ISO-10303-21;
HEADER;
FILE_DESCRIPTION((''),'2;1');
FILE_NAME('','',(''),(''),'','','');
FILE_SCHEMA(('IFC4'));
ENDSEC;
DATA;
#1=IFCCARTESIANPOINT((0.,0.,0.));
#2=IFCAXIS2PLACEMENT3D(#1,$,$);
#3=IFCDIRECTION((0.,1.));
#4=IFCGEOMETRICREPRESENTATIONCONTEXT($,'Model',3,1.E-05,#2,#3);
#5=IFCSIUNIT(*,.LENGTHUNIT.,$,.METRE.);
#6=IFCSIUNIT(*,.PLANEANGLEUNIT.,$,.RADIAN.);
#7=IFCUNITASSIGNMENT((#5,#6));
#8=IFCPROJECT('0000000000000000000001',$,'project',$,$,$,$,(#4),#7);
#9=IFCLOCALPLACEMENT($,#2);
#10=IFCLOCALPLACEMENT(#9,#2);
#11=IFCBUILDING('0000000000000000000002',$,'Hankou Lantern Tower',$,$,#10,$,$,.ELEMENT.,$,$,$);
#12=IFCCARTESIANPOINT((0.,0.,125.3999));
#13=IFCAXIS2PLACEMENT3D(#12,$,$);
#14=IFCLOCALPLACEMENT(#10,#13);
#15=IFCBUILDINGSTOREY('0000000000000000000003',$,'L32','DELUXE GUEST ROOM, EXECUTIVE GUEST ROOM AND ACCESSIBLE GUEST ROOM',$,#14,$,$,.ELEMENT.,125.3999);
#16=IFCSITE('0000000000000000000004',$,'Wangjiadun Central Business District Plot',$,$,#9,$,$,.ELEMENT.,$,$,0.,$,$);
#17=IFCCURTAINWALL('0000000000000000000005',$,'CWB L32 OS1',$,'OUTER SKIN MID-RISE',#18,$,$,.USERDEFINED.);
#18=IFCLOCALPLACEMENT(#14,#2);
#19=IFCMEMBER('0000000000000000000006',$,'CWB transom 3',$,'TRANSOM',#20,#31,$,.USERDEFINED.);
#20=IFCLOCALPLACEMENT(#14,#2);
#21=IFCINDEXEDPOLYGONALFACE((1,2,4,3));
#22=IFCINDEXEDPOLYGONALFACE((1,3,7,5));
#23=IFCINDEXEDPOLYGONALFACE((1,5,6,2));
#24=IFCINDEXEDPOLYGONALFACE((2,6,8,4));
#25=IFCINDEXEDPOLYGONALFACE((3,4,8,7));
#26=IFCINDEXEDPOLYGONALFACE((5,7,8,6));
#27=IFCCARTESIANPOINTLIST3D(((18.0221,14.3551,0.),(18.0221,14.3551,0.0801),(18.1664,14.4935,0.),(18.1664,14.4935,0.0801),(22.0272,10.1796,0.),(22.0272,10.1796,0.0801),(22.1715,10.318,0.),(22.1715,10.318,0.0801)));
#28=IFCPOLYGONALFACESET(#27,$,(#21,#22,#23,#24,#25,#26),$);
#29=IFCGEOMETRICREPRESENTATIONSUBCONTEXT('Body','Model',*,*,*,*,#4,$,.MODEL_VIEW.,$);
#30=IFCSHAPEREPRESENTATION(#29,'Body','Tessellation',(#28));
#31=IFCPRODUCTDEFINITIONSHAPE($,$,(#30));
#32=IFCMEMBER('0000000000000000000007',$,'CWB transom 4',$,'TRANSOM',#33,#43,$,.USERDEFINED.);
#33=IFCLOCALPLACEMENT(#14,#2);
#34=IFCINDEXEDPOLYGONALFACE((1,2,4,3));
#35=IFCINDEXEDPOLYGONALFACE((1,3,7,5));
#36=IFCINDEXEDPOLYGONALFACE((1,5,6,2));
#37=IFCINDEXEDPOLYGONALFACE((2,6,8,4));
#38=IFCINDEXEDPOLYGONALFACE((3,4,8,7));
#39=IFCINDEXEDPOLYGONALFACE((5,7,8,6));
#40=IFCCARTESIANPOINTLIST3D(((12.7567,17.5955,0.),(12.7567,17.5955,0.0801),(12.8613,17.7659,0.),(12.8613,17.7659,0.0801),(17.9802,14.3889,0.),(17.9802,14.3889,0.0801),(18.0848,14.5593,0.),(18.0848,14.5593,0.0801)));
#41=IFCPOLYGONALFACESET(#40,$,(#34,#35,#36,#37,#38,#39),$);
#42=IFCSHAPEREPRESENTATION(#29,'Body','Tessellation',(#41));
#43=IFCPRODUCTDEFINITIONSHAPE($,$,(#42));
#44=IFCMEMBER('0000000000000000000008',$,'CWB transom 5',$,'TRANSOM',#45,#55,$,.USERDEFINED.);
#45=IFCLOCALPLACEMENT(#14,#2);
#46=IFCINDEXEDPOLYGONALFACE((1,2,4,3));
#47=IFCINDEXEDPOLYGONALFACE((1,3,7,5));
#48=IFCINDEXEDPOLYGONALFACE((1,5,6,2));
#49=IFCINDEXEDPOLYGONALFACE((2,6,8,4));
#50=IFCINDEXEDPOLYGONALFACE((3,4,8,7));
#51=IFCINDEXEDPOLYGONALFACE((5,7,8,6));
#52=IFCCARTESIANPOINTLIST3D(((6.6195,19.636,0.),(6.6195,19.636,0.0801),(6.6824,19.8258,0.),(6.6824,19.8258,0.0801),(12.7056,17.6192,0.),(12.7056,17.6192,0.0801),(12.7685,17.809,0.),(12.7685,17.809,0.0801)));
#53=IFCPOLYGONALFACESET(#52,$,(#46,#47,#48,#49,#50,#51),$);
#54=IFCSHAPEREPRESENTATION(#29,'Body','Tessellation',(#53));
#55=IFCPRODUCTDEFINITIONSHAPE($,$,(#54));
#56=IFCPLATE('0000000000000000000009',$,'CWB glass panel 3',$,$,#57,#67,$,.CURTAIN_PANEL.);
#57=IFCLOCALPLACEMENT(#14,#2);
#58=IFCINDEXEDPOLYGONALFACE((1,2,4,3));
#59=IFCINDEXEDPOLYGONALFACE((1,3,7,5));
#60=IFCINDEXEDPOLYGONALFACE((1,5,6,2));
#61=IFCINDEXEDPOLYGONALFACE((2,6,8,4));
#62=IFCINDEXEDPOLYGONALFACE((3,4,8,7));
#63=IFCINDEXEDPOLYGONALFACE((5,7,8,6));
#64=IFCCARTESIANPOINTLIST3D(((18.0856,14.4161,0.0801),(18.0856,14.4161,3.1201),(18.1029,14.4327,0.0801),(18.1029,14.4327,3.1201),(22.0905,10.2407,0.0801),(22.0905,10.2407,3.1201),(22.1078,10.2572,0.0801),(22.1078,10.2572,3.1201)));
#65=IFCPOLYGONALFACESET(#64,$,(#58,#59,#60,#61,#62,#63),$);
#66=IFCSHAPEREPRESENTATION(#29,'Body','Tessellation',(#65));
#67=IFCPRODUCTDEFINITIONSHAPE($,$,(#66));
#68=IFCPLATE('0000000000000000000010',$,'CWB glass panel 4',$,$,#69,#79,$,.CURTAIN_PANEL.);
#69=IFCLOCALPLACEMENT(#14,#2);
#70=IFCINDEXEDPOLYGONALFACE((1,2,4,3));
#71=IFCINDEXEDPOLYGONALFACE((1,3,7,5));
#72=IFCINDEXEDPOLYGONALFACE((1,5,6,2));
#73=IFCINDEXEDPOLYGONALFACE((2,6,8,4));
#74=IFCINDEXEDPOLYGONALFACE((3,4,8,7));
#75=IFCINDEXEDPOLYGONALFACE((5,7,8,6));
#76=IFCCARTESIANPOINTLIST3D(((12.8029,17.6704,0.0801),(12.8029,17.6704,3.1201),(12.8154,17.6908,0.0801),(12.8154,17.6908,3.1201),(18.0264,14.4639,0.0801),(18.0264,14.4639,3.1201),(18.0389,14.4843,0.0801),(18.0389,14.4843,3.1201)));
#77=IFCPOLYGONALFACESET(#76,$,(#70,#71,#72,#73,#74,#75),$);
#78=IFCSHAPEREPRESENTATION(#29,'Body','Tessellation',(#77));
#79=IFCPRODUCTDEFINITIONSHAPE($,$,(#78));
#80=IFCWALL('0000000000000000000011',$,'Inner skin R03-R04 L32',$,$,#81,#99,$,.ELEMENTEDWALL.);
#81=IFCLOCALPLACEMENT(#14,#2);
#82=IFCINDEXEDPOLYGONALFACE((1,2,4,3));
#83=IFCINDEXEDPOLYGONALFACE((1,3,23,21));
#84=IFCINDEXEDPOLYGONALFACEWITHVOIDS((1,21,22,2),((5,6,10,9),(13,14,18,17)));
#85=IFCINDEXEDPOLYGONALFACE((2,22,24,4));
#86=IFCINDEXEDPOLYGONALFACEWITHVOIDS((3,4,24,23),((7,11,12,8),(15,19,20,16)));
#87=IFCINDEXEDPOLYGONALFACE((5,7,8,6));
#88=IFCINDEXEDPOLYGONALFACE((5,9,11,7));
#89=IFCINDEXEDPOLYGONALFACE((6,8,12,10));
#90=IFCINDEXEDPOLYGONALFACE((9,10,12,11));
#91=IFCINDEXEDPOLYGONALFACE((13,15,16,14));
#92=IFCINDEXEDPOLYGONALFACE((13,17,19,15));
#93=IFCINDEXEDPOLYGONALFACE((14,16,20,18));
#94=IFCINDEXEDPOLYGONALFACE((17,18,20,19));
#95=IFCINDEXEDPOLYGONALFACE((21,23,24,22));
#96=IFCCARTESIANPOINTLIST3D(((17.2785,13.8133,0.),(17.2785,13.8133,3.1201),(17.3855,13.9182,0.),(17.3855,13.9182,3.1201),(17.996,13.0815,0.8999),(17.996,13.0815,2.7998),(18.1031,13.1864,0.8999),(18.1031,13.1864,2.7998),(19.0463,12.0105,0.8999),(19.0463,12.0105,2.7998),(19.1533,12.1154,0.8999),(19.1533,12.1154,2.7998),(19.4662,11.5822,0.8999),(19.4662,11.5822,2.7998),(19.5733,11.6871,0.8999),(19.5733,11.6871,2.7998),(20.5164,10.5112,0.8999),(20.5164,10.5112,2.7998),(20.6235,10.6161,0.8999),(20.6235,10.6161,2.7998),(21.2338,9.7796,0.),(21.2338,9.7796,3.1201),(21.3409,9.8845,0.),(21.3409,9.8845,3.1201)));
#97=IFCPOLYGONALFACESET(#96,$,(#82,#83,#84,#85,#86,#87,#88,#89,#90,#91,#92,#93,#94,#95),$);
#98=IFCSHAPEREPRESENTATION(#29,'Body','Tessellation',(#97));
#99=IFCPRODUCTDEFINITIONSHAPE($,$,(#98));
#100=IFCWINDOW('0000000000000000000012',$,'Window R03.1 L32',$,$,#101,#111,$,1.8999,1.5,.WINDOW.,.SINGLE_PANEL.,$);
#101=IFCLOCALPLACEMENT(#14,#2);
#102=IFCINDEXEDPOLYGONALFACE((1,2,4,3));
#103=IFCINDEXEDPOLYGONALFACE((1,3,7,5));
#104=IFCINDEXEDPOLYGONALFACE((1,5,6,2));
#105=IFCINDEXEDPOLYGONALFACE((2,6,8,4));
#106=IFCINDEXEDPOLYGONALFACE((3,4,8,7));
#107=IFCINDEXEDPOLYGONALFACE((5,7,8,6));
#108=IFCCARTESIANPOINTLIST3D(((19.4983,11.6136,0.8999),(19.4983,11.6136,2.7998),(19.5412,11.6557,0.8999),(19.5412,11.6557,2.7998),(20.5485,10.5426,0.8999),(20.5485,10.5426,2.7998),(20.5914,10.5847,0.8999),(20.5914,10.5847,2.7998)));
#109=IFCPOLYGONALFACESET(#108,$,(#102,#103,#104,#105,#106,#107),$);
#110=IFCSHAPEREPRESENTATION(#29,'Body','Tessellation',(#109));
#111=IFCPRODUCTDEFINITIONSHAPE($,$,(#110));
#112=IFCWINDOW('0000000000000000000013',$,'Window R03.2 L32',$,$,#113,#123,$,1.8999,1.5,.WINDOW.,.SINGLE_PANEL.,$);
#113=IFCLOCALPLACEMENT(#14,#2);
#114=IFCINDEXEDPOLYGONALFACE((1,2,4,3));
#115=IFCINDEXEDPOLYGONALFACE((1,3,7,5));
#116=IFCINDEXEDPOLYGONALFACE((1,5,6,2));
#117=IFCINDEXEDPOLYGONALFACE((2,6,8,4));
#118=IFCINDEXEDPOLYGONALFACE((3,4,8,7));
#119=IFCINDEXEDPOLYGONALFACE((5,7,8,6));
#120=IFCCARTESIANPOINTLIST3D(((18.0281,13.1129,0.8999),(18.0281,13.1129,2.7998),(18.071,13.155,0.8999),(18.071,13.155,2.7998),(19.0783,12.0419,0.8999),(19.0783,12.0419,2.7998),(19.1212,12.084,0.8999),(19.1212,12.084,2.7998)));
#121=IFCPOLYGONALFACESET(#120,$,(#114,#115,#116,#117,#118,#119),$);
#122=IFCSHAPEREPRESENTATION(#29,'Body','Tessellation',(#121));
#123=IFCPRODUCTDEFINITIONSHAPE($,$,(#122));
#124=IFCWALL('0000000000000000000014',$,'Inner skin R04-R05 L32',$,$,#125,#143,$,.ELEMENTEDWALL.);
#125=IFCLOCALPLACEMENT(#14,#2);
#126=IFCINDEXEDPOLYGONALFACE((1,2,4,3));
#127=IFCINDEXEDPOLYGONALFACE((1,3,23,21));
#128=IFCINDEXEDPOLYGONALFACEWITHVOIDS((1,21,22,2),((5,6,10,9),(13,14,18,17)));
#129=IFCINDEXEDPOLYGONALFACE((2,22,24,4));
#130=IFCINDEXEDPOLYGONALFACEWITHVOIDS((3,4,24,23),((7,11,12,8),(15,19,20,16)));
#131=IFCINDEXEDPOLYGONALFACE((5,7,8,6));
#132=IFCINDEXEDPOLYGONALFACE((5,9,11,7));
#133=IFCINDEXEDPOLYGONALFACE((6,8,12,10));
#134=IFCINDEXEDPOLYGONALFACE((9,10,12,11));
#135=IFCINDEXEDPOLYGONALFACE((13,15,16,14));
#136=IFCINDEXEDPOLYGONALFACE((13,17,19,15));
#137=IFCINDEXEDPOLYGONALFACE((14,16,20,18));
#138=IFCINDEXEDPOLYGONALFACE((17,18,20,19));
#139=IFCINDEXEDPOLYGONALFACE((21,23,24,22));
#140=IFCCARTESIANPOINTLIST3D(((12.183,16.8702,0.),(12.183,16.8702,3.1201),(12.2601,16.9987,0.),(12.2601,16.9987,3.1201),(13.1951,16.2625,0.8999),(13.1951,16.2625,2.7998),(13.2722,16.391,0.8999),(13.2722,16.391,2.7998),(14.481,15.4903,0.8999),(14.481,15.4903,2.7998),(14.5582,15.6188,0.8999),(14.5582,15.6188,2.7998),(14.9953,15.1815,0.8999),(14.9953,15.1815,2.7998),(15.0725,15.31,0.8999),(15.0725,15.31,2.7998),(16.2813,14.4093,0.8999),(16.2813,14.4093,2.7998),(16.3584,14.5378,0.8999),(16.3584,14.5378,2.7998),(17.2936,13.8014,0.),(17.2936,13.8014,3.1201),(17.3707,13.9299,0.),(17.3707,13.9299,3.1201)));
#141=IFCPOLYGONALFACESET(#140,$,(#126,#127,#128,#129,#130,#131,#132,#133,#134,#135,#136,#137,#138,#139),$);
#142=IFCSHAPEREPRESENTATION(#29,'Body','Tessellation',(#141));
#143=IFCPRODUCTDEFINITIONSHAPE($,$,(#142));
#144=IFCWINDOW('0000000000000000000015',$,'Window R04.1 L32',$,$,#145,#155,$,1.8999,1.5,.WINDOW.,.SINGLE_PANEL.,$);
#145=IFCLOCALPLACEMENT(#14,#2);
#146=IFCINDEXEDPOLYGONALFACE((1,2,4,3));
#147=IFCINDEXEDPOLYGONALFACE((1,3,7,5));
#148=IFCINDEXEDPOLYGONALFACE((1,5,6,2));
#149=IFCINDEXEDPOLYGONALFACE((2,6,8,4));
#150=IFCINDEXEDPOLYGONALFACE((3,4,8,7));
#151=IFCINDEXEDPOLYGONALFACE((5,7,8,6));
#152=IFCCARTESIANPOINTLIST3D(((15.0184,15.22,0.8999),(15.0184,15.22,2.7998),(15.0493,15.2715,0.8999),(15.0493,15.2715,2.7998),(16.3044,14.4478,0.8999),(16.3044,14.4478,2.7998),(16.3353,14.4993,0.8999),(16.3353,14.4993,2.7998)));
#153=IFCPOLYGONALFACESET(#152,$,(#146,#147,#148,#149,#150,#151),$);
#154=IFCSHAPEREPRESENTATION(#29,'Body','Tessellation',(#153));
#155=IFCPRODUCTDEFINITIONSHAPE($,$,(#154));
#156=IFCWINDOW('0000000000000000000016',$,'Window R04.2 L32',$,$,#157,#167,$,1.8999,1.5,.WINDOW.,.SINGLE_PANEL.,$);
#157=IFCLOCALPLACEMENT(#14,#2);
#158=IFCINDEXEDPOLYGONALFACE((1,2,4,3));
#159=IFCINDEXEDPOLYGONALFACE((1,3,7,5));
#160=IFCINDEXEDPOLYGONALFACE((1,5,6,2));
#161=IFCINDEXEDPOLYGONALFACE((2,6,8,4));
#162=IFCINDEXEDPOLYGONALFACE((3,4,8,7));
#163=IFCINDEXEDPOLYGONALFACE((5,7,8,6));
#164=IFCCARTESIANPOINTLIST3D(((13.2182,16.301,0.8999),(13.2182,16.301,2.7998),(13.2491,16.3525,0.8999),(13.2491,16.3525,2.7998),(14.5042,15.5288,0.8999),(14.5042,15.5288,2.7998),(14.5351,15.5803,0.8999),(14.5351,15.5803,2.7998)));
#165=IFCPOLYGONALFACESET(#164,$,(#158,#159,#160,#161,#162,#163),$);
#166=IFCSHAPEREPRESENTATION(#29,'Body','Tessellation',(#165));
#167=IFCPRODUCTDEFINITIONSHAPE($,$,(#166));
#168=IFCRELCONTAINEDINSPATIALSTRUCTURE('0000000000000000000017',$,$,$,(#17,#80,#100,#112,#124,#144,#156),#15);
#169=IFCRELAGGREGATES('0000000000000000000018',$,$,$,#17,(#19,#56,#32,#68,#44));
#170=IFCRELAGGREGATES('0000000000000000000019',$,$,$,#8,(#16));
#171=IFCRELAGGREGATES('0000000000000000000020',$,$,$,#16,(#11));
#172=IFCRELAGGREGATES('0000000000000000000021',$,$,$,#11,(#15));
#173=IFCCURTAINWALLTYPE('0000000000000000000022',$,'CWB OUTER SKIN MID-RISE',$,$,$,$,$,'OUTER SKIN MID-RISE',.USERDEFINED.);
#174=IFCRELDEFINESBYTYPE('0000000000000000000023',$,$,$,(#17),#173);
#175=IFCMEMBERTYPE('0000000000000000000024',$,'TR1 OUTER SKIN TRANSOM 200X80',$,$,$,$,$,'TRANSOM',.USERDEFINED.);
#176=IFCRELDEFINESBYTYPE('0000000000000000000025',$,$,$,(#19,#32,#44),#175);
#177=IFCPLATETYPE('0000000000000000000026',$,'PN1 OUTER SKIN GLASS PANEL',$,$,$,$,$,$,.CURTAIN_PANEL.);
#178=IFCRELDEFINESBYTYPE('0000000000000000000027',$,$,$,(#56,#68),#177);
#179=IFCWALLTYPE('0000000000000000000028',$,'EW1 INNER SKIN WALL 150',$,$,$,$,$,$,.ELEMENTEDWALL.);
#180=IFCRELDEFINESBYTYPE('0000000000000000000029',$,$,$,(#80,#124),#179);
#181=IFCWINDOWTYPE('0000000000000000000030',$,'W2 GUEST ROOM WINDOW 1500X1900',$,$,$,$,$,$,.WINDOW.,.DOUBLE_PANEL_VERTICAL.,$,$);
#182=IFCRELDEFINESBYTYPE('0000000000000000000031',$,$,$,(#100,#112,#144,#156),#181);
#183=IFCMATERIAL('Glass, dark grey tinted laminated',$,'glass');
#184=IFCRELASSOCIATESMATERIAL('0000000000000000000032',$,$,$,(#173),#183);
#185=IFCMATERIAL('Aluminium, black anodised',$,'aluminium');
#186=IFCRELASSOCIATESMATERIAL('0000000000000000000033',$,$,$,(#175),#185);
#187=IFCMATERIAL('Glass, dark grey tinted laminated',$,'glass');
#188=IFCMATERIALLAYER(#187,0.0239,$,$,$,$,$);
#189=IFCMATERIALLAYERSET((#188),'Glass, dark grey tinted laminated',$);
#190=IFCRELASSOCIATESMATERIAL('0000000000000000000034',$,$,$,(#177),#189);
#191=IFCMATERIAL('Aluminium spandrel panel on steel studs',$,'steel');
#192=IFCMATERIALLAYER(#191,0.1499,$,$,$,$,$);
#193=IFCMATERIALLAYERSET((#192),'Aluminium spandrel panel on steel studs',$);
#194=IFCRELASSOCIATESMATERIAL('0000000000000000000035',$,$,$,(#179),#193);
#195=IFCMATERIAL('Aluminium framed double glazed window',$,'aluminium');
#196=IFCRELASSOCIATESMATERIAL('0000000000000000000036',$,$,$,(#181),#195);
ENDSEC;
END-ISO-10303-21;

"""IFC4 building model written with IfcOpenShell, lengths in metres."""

from ifc_helpers import new_model, si_unit, direction, frame, frame_2d, origin, origin_2d, place, context, subcontext, project, spatial, rectangle, extrude, material, layer, layer_set, material_profile, profile_set, type_object, element, fill, aggregate, save


model = new_model("IFC4")

# Units and contexts
model_context = context("Model", 3, precision=1e-05, world=origin(), true_north=direction((0.0, 1.0)))
body_context = subcontext(model_context, "Body", "Model", "MODEL_VIEW")
ifc_project = project(units=[si_unit("LENGTHUNIT", "METRE"), si_unit("PLANEANGLEUNIT", "RADIAN")], contexts=[model_context])

# Site, building, storey
site_placement = place(None, origin())
site = spatial("IfcSite", under=ifc_project, at=site_placement, Name="Wangjiadun Central Business District Plot", CompositionType="ELEMENT", RefElevation=0.0)
building_placement = place(site_placement, origin())
building = spatial("IfcBuilding", under=site, at=building_placement, Name="Hankou Lantern Tower", CompositionType="ELEMENT")
storey_placement = place(building_placement, frame((0.0, 0.0, 125.3999)))
storey = spatial("IfcBuildingStorey", under=building, at=storey_placement, Name="L32", Description="DELUXE GUEST ROOM, EXECUTIVE GUEST ROOM AND ACCESSIBLE GUEST ROOM", CompositionType="ELEMENT", Elevation=125.3999)

# Curtain wall, members, plates
ifc_material_1 = material(Name="Glass, dark grey tinted laminated", Category="glass")
curtain_wall_type = type_object("IfcCurtainWallType", Name="CWB OUTER SKIN MID-RISE", ElementType="OUTER SKIN MID-RISE", PredefinedType="USERDEFINED", material=ifc_material_1)
curtain_wall_placement = place(storey_placement, origin())
curtain_wall = element("IfcCurtainWall", 1, at=curtain_wall_placement, inside=storey, type_object=curtain_wall_type, Name="CWB L32 OS1", ObjectType="OUTER SKIN MID-RISE", PredefinedType="USERDEFINED")
ifc_material_2 = material(Name="Aluminium, black anodised", Category="aluminium")
ifc_material_profile_1 = material_profile(ifc_material_2, rectangle(XDim=0.2, YDim=0.0801, at=origin_2d()), Name="TR1 200X80")
ifc_profile_set_1 = profile_set([ifc_material_profile_1], Name="Aluminium, black anodised")
member_type_1 = type_object("IfcMemberType", Name="TR1 OUTER SKIN TRANSOM 200X80", ElementType="TRANSOM", PredefinedType="USERDEFINED", material=ifc_profile_set_1)
member_1_placement = place(storey_placement, frame((22.0994, 10.2488, 0.04), z_axis=(-0.692227, 0.72168, 0.0), x_axis=(-0.72168, -0.692227, 0.0)))
member_1 = element("IfcMember", 2, at=member_1_placement, type_object=member_type_1, Name="CWB transom 3", ObjectType="TRANSOM", PredefinedType="USERDEFINED", context=body_context, shape_type="SweptSolid", body=[
    extrude(rectangle(XDim=0.2, YDim=0.0801, at=origin_2d()), origin(), (0.0, 0.0, 1.0), 5.7859),
])
member_2_placement = place(storey_placement, frame((18.0325, 14.4741, 0.04), z_axis=(-0.852229, 0.523168, 0.0), x_axis=(-0.523168, -0.852229, 0.0)))
member_2 = element("IfcMember", 3, at=member_2_placement, type_object=member_type_1, Name="CWB transom 4", ObjectType="TRANSOM", PredefinedType="USERDEFINED", context=body_context, shape_type="SweptSolid", body=[
    extrude(rectangle(XDim=0.2, YDim=0.0801, at=origin_2d()), origin(), (0.0, 0.0, 1.0), 6.1292),
])
member_3_placement = place(storey_placement, frame((12.7371, 17.7141, 0.04), z_axis=(-0.949238, 0.314559, 0.0), x_axis=(-0.314559, -0.949238, 0.0)))
member_3 = element("IfcMember", 4, at=member_3_placement, type_object=member_type_1, Name="CWB transom 5", ObjectType="TRANSOM", PredefinedType="USERDEFINED", context=body_context, shape_type="SweptSolid", body=[
    extrude(rectangle(XDim=0.2, YDim=0.0801, at=origin_2d()), origin(), (0.0, 0.0, 1.0), 6.4116),
])
ifc_material_3 = material(Name="Glass, dark grey tinted laminated", Category="glass")
ifc_layer_1 = layer(ifc_material_3, 0.0239)
ifc_layer_set_1 = layer_set([ifc_layer_1], Name="Glass, dark grey tinted laminated")
plate_type = type_object("IfcPlateType", Name="PN1 OUTER SKIN GLASS PANEL", PredefinedType="CURTAIN_PANEL", material=ifc_layer_set_1)
plate_1_placement = place(storey_placement, frame((20.0967, 12.3367, 0.0801), z_axis=(0.0, 0.0, 1.0), x_axis=(-0.692216, 0.721691, 0.0)))
plate_1 = element("IfcPlate", 5, at=plate_1_placement, type_object=plate_type, Name="CWB glass panel 3", PredefinedType="CURTAIN_PANEL", context=body_context, shape_type="SweptSolid", body=[
    extrude(rectangle(XDim=5.7856, YDim=0.0239, at=origin_2d()), origin(), (0.0, 0.0, 1.0), 3.04),
])
plate_2_placement = place(storey_placement, frame((15.4209, 16.0774, 0.0801), z_axis=(0.0, 0.0, 1.0), x_axis=(-0.852237, 0.523156, 0.0)))
plate_2 = element("IfcPlate", 6, at=plate_2_placement, type_object=plate_type, Name="CWB glass panel 4", PredefinedType="CURTAIN_PANEL", context=body_context, shape_type="SweptSolid", body=[
    extrude(rectangle(XDim=6.1292, YDim=0.0239, at=origin_2d()), origin(), (0.0, 0.0, 1.0), 3.04),
])
aggregate(curtain_wall, [member_1, plate_1, member_2, plate_2, member_3])

# Walls, openings, windows
ifc_material_4 = material(Name="Aluminium spandrel panel on steel studs", Category="steel")
ifc_layer_2 = layer(ifc_material_4, 0.1499)
ifc_layer_set_2 = layer_set([ifc_layer_2], Name="Aluminium spandrel panel on steel studs")
wall_type_1 = type_object("IfcWallType", Name="EW1 INNER SKIN WALL 150", PredefinedType="ELEMENTEDWALL", material=ifc_layer_set_2)
wall_1_placement = place(storey_placement, frame((21.2874, 9.832, 0.0), z_axis=(0.0, 0.0, 1.0), x_axis=(-0.700137, 0.714009, 0.0)))
wall_1 = element("IfcWall", 7, at=wall_1_placement, inside=storey, type_object=wall_type_1, Name="Inner skin R03-R04 L32", PredefinedType="ELEMENTEDWALL", context=body_context, shape_type="SweptSolid", body=[
    extrude(rectangle(XDim=5.6494, YDim=0.1499, at=frame_2d((2.8247, 0.0))), origin(), (0.0, 0.0, 1.0), 3.1201),
])
opening_1_placement = place(wall_1_placement, frame((1.0247, 0.0, 0.8999)))
opening_1 = element("IfcOpeningElement", 8, at=opening_1_placement, cuts=wall_1, PredefinedType="OPENING", context=body_context, shape_type="SweptSolid", body=[
    extrude(rectangle(XDim=1.5, YDim=1.8999, at=frame_2d((0.75, 0.95))), frame((0.0, 0.085, 0.0), z_axis=(0.0, -1.0, 0.0), x_axis=(1.0, 0.0, 0.0)), (0.0, 0.0, 1.0), 0.1699),
])
opening_2_placement = place(wall_1_placement, frame((3.1245, 0.0, 0.8999)))
opening_2 = element("IfcOpeningElement", 9, at=opening_2_placement, cuts=wall_1, PredefinedType="OPENING", context=body_context, shape_type="SweptSolid", body=[
    extrude(rectangle(XDim=1.5, YDim=1.8999, at=frame_2d((0.75, 0.95))), frame((0.0, 0.085, 0.0), z_axis=(0.0, -1.0, 0.0), x_axis=(1.0, 0.0, 0.0)), (0.0, 0.0, 1.0), 0.1699),
])
ifc_material_5 = material(Name="Aluminium framed double glazed window", Category="aluminium")
window_type = type_object("IfcWindowType", Name="W2 GUEST ROOM WINDOW 1500X1900", PartitioningType="DOUBLE_PANEL_VERTICAL", PredefinedType="WINDOW", material=ifc_material_5)
window_1_placement = place(opening_1_placement, origin())
window_1 = element("IfcWindow", 10, at=window_1_placement, inside=storey, type_object=window_type, Name="Window R03.1 L32", OverallHeight=1.8999, OverallWidth=1.5, PartitioningType="SINGLE_PANEL", PredefinedType="WINDOW", context=body_context, shape_type="SweptSolid", body=[
    extrude(rectangle(XDim=1.5, YDim=1.8999, at=frame_2d((0.75, 0.95))), frame((0.0, 0.03, 0.0), z_axis=(0.0, -1.0, 0.0), x_axis=(1.0, 0.0, 0.0)), (0.0, 0.0, 1.0), 0.0601),
])
fill(opening_1, window_1)
window_2_placement = place(opening_2_placement, origin())
window_2 = element("IfcWindow", 11, at=window_2_placement, inside=storey, type_object=window_type, Name="Window R03.2 L32", OverallHeight=1.8999, OverallWidth=1.5, PartitioningType="SINGLE_PANEL", PredefinedType="WINDOW", context=body_context, shape_type="SweptSolid", body=[
    extrude(rectangle(XDim=1.5, YDim=1.8999, at=frame_2d((0.75, 0.95))), frame((0.0, 0.03, 0.0), z_axis=(0.0, -1.0, 0.0), x_axis=(1.0, 0.0, 0.0)), (0.0, 0.0, 1.0), 0.0601),
])
fill(opening_2, window_2)
wall_2_placement = place(storey_placement, frame((17.332, 13.8657, 0.0), z_axis=(0.0, 0.0, 1.0), x_axis=(-0.857309, 0.514803, 0.0)))
wall_2 = element("IfcWall", 12, at=wall_2_placement, inside=storey, type_object=wall_type_1, Name="Inner skin R04-R05 L32", PredefinedType="ELEMENTEDWALL", context=body_context, shape_type="SweptSolid", body=[
    extrude(rectangle(XDim=5.9612, YDim=0.1499, at=frame_2d((2.9805, 0.0))), origin(), (0.0, 0.0, 1.0), 3.1201),
])
opening_3_placement = place(wall_2_placement, frame((1.1807, 0.0, 0.8999)))
opening_3 = element("IfcOpeningElement", 13, at=opening_3_placement, cuts=wall_2, PredefinedType="OPENING", context=body_context, shape_type="SweptSolid", body=[
    extrude(rectangle(XDim=1.5, YDim=1.8999, at=frame_2d((0.75, 0.95))), frame((0.0, 0.085, 0.0), z_axis=(0.0, -1.0, 0.0), x_axis=(1.0, 0.0, 0.0)), (0.0, 0.0, 1.0), 0.1699),
])
opening_4_placement = place(wall_2_placement, frame((3.2805, 0.0, 0.8999)))
opening_4 = element("IfcOpeningElement", 14, at=opening_4_placement, cuts=wall_2, PredefinedType="OPENING", context=body_context, shape_type="SweptSolid", body=[
    extrude(rectangle(XDim=1.5, YDim=1.8999, at=frame_2d((0.75, 0.95))), frame((0.0, 0.085, 0.0), z_axis=(0.0, -1.0, 0.0), x_axis=(1.0, 0.0, 0.0)), (0.0, 0.0, 1.0), 0.1699),
])
window_3_placement = place(opening_3_placement, origin())
window_3 = element("IfcWindow", 15, at=window_3_placement, inside=storey, type_object=window_type, Name="Window R04.1 L32", OverallHeight=1.8999, OverallWidth=1.5, PartitioningType="SINGLE_PANEL", PredefinedType="WINDOW", context=body_context, shape_type="SweptSolid", body=[
    extrude(rectangle(XDim=1.5, YDim=1.8999, at=frame_2d((0.75, 0.95))), frame((0.0, 0.03, 0.0), z_axis=(0.0, -1.0, 0.0), x_axis=(1.0, 0.0, 0.0)), (0.0, 0.0, 1.0), 0.0601),
])
fill(opening_3, window_3)
window_4_placement = place(opening_4_placement, origin())
window_4 = element("IfcWindow", 16, at=window_4_placement, inside=storey, type_object=window_type, Name="Window R04.2 L32", OverallHeight=1.8999, OverallWidth=1.5, PartitioningType="SINGLE_PANEL", PredefinedType="WINDOW", context=body_context, shape_type="SweptSolid", body=[
    extrude(rectangle(XDim=1.5, YDim=1.8999, at=frame_2d((0.75, 0.95))), frame((0.0, 0.03, 0.0), z_axis=(0.0, -1.0, 0.0), x_axis=(1.0, 0.0, 0.0)), (0.0, 0.0, 1.0), 0.0601),
])
fill(opening_4, window_4)

save(model, "model.ifc")
